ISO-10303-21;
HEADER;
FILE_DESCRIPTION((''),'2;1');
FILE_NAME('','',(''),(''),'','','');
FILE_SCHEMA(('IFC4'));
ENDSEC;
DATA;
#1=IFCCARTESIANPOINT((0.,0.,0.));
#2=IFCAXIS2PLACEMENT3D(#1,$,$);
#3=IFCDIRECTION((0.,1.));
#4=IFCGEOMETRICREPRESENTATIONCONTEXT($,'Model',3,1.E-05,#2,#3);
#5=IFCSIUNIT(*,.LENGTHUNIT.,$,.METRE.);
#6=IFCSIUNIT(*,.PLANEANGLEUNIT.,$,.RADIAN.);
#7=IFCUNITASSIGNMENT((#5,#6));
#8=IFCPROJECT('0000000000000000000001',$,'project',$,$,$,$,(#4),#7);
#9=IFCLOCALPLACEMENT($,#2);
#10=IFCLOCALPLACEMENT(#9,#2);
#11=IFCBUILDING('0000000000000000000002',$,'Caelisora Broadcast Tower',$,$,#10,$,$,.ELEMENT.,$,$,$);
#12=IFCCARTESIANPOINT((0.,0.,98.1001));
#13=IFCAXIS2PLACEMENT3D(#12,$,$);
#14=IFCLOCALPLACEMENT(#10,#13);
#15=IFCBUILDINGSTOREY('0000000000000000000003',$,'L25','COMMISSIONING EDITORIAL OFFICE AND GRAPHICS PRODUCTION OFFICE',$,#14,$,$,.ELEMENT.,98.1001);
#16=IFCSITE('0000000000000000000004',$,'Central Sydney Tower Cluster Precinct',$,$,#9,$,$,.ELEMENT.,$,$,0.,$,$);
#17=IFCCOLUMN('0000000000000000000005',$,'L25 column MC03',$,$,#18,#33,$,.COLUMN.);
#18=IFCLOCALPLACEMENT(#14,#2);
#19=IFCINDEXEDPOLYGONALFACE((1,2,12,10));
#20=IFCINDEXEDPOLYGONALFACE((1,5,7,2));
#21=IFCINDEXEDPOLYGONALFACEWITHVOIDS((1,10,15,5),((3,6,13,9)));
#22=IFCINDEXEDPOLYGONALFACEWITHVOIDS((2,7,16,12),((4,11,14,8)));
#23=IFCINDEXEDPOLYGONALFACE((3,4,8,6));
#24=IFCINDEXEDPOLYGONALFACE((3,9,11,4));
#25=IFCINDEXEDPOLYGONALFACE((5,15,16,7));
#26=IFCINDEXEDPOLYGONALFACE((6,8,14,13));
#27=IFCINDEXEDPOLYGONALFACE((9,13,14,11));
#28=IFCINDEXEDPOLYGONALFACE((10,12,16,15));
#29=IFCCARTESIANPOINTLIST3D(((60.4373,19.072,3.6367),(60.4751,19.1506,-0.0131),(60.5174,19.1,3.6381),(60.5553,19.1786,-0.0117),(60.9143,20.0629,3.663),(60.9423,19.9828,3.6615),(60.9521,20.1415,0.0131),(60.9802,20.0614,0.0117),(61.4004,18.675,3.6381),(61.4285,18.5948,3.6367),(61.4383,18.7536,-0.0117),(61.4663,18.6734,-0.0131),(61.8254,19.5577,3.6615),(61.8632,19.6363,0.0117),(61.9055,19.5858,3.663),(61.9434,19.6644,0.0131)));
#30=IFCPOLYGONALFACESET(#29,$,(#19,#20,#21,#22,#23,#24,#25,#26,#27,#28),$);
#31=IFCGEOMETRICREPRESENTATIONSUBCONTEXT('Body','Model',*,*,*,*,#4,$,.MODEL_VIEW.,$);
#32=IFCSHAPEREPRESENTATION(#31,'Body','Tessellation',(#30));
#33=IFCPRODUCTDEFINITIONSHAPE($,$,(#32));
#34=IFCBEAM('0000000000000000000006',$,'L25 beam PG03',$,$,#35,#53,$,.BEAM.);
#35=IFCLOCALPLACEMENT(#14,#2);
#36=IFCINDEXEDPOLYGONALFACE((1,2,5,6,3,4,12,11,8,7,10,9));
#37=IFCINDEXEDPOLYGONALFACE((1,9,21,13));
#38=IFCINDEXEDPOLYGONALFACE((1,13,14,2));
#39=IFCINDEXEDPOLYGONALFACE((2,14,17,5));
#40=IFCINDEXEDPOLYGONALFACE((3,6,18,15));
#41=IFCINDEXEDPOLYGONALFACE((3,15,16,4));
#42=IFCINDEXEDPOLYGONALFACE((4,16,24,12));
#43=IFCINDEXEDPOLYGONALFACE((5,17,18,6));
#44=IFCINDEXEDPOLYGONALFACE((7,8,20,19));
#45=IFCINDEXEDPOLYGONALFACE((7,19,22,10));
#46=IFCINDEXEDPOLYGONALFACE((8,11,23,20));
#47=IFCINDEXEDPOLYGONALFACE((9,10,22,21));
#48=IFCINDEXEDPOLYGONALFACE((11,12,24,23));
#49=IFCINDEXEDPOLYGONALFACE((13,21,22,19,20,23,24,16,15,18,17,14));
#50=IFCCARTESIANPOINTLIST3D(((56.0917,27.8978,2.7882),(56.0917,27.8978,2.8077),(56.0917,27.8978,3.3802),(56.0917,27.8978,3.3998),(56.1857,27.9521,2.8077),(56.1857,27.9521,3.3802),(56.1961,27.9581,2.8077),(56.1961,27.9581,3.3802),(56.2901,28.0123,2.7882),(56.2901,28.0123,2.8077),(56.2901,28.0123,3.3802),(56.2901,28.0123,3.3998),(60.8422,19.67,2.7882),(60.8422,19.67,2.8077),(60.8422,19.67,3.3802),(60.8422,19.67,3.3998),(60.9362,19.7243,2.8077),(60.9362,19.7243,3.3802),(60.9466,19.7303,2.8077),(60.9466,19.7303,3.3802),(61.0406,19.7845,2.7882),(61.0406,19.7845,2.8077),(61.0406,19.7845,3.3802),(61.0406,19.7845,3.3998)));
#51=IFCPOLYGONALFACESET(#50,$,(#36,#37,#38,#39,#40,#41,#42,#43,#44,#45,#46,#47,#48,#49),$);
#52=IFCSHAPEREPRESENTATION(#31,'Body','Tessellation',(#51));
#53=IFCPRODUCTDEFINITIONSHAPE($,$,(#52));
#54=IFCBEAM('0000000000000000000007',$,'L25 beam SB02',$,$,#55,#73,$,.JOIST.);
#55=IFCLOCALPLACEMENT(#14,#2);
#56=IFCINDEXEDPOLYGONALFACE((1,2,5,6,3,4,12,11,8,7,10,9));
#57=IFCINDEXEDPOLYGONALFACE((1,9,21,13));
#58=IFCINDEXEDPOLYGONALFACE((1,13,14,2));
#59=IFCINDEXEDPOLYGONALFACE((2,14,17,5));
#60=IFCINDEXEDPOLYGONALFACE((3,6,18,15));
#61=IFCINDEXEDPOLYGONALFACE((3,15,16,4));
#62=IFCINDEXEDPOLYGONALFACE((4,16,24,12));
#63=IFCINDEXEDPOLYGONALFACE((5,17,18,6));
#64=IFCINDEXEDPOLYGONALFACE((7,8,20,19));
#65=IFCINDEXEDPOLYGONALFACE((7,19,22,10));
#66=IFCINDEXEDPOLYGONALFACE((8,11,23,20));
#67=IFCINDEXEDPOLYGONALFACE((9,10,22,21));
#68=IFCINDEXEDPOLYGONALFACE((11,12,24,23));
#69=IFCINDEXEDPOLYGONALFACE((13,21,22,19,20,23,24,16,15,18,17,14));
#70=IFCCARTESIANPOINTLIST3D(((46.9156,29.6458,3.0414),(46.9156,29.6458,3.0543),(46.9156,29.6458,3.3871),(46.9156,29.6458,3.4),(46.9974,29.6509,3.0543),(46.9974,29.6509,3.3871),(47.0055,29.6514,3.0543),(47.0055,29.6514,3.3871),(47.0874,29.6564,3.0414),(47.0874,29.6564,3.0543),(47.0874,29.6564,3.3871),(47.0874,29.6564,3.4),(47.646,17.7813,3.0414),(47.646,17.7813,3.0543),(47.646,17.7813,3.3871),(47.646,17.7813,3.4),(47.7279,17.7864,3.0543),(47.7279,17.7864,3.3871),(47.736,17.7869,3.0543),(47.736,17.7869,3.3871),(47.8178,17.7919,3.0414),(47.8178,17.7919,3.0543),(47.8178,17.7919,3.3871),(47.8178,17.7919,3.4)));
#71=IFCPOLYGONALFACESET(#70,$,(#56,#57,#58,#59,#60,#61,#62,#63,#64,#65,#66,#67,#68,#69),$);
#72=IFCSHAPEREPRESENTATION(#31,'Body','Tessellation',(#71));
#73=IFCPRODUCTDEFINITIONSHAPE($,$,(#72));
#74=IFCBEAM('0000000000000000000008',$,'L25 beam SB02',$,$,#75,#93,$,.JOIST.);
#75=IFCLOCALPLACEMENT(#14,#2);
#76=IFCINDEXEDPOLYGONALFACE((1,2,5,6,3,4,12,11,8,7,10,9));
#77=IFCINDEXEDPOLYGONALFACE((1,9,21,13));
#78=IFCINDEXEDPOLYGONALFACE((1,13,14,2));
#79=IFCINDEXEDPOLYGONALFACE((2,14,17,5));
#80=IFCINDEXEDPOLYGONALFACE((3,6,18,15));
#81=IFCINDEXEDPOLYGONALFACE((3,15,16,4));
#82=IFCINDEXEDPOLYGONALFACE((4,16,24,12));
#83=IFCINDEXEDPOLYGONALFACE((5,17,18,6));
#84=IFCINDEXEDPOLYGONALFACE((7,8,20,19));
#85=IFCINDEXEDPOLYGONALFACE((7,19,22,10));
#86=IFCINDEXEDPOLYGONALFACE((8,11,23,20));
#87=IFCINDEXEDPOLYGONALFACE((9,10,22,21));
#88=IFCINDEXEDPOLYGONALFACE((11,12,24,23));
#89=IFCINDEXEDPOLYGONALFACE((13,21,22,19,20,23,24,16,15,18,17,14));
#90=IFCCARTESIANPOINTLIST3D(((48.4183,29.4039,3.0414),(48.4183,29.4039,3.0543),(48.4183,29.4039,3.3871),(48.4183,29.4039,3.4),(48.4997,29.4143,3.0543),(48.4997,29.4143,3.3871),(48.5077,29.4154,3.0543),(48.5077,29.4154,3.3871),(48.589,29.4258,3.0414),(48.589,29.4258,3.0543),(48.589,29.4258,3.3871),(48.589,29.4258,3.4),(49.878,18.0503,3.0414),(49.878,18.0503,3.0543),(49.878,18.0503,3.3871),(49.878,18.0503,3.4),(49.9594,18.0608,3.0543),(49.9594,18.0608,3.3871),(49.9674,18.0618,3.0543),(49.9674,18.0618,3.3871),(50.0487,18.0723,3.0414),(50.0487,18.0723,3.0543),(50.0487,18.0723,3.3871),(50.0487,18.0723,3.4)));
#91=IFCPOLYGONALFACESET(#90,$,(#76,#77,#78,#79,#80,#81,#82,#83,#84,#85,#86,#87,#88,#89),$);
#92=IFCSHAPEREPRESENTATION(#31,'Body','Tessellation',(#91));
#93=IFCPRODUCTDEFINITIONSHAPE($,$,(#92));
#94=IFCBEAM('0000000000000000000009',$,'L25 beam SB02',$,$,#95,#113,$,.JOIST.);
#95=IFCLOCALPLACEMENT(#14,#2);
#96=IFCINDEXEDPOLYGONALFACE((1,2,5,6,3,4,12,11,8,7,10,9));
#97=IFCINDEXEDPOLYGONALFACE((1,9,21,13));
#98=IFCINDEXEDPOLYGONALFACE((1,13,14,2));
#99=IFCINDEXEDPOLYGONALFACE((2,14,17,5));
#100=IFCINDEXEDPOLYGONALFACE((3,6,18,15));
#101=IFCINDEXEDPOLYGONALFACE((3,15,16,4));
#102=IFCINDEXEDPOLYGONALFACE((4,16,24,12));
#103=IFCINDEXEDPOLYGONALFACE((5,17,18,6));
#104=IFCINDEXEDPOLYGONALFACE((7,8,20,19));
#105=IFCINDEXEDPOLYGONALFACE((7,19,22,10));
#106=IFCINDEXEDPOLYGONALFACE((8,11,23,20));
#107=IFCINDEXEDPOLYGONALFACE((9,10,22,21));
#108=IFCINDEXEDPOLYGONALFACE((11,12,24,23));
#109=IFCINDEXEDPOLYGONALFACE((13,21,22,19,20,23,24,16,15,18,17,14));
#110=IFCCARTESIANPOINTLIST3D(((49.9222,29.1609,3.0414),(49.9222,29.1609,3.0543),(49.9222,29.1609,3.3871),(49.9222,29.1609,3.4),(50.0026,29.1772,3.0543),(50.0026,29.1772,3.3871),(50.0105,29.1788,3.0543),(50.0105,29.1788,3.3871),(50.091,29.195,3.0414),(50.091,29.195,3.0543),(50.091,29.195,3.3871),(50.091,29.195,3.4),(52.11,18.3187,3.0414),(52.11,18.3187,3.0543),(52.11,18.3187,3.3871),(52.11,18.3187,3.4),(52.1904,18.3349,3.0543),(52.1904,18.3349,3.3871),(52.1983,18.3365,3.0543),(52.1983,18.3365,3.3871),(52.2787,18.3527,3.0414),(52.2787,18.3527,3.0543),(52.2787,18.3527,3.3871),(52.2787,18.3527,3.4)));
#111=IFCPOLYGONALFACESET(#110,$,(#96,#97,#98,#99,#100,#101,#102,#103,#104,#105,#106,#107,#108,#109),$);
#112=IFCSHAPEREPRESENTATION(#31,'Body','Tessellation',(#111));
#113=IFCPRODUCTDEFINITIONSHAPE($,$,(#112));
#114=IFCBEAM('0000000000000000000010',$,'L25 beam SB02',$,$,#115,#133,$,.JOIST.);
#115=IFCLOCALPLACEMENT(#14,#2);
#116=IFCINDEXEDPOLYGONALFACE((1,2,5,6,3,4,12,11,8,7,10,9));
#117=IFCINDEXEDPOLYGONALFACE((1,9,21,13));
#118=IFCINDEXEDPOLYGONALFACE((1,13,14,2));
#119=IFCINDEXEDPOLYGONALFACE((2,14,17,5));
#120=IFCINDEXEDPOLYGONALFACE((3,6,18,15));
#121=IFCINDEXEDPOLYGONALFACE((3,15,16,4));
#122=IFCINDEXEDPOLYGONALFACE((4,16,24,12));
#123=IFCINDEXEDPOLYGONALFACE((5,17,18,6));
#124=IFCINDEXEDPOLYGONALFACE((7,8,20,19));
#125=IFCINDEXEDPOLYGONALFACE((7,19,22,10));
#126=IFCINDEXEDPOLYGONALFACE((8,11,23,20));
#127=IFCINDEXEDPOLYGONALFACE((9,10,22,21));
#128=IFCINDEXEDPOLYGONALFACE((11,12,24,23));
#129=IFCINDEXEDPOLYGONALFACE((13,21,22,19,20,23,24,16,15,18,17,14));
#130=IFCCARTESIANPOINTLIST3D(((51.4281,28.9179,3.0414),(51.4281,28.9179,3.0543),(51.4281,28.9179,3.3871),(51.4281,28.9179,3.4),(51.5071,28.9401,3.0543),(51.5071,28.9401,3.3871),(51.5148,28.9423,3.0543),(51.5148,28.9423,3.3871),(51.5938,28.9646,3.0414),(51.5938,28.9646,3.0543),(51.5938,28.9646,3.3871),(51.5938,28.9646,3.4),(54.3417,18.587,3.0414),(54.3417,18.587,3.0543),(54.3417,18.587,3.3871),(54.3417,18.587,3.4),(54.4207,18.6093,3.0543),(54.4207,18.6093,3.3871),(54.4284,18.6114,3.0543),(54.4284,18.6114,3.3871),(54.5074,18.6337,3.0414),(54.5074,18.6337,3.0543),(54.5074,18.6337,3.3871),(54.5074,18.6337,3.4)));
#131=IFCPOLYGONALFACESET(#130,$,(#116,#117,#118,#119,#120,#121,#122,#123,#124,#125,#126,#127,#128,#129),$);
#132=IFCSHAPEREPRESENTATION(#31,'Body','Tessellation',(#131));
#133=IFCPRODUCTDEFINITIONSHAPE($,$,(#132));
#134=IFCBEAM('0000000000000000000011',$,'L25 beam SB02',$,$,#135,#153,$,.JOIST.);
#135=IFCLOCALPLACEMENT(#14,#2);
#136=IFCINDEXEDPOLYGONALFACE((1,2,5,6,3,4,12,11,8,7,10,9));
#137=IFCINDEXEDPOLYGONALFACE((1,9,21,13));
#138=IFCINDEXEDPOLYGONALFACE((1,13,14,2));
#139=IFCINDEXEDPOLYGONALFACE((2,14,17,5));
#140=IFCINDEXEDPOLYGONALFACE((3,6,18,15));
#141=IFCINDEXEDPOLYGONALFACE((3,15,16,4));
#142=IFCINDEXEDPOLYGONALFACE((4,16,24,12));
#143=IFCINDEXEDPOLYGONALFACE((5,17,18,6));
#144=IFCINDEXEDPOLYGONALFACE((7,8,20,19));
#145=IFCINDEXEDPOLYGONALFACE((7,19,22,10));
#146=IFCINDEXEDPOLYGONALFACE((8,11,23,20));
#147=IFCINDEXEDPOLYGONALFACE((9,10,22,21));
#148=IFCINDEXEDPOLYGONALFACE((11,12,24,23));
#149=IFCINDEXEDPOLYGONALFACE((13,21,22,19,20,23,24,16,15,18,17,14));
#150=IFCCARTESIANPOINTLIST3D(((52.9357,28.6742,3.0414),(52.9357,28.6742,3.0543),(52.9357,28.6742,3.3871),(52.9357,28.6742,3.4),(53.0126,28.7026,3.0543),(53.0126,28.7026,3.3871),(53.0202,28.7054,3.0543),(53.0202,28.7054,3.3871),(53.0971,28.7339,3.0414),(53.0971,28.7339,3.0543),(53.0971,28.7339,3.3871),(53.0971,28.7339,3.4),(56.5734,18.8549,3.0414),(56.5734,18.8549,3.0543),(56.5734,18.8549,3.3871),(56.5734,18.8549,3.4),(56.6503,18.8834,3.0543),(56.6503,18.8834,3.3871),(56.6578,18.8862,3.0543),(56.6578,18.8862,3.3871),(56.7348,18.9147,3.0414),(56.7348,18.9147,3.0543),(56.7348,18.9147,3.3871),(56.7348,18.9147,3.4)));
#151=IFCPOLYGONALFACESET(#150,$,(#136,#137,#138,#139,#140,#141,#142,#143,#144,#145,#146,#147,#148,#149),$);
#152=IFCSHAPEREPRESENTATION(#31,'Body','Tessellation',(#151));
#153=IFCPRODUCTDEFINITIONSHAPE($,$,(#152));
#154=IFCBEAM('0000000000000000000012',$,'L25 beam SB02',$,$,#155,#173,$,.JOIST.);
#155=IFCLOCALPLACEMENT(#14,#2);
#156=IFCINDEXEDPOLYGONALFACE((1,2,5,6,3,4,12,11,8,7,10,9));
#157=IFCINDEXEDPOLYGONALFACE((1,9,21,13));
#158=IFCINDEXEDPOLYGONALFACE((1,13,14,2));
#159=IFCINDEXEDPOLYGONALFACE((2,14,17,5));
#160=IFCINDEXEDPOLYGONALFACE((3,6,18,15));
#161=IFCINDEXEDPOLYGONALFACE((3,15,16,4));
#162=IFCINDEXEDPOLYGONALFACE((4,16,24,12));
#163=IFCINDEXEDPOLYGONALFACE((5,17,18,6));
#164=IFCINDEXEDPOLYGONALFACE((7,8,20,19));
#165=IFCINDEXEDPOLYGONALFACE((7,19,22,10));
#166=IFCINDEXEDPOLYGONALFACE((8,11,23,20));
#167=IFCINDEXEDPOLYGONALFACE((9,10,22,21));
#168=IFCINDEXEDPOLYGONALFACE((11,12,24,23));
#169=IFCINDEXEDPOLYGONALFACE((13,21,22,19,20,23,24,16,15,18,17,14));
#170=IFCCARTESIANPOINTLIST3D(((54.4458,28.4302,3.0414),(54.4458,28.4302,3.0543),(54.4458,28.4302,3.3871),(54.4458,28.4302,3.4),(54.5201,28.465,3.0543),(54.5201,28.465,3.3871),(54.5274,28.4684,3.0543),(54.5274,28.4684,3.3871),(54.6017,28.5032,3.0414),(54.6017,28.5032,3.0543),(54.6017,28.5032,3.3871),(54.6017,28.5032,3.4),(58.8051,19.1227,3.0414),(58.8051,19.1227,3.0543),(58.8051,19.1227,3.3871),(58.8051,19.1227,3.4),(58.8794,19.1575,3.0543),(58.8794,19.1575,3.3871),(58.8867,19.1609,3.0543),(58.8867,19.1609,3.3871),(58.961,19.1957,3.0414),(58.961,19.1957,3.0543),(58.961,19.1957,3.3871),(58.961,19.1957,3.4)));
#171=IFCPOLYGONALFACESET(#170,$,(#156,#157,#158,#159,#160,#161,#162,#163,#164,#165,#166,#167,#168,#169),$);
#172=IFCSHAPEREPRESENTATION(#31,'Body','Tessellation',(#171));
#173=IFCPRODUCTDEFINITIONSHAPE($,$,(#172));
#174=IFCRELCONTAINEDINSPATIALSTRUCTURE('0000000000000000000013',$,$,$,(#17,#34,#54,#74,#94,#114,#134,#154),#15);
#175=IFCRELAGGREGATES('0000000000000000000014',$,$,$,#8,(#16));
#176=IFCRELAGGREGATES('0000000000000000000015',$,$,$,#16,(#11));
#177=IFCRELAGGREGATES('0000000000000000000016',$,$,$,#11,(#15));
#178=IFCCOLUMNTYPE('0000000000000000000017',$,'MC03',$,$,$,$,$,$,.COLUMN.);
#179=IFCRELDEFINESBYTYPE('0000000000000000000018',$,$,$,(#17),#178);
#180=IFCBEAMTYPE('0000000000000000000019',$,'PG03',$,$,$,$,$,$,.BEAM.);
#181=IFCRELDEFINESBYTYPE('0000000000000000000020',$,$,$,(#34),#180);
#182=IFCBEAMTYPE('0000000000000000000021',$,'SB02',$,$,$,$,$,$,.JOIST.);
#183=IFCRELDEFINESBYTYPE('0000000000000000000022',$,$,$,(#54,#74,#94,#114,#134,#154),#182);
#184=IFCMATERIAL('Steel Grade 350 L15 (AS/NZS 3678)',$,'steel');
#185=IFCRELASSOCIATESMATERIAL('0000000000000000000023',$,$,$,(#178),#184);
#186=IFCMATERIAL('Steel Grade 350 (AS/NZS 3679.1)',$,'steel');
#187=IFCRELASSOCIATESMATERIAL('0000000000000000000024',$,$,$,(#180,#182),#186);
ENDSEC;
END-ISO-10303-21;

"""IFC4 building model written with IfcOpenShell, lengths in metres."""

from ifc_helpers import new_model, si_unit, direction, frame, origin, origin_2d, place, context, subcontext, project, spatial, hollow_rectangle, i_section, extrude, source, transform, mapped, material, material_profile, profile_set, type_object, type_shapes, element, save


model = new_model("IFC4")

# Units and contexts
model_context = context("Model", 3, precision=1e-05, world=origin(), true_north=direction((0.0, 1.0)))
body_context = subcontext(model_context, "Body", "Model", "MODEL_VIEW")
ifc_project = project(units=[si_unit("LENGTHUNIT", "METRE"), si_unit("PLANEANGLEUNIT", "RADIAN")], contexts=[model_context])

# Site, building, storey
site_placement = place(None, origin())
site = spatial("IfcSite", under=ifc_project, at=site_placement, Name="Central Sydney Tower Cluster Precinct", CompositionType="ELEMENT", RefElevation=0.0)
building_placement = place(site_placement, origin())
building = spatial("IfcBuilding", under=site, at=building_placement, Name="Caelisora Broadcast Tower", CompositionType="ELEMENT")
storey_placement = place(building_placement, frame((0.0, 0.0, 98.1001)))
storey = spatial("IfcBuildingStorey", under=building, at=storey_placement, Name="L25", Description="COMMISSIONING EDITORIAL OFFICE AND GRAPHICS PRODUCTION OFFICE", CompositionType="ELEMENT", Elevation=98.1001)

# Column
ifc_material_1 = material(Name="Steel Grade 350 L15 (AS/NZS 3678)", Category="steel")
ifc_material_profile_1 = material_profile(ifc_material_1, hollow_rectangle(XDim=1.1001, YDim=1.1001, WallThickness=0.0601, at=origin_2d()), Name="Steel Grade 350 L15 (AS/NZS 3678)")
ifc_profile_set_1 = profile_set([ifc_material_profile_1], Name="Steel Grade 350 L15 (AS/NZS 3678)")
column_type = type_object("IfcColumnType", Name="MC03", PredefinedType="COLUMN", material=ifc_profile_set_1)
shared_shape_1 = source(origin(), body_context, "Body", "SweptSolid", [
    extrude(hollow_rectangle(XDim=1.1001, YDim=1.1001, WallThickness=0.0601, at=origin_2d()), origin(), (0.0, 0.0, 1.0), 3.6509),
])
type_shapes(column_type, [shared_shape_1])
column_placement = place(storey_placement, frame((61.2092, 19.4075, 0.0), z_axis=(-0.010365, -0.021532, 0.999714), x_axis=(0.901042, -0.433731, 0.0)))
element("IfcColumn", 1, at=column_placement, inside=storey, type_object=column_type, Name="L25 column MC03", PredefinedType="COLUMN", context=body_context, shape_type="MappedRepresentation", body=[
    mapped(shared_shape_1, transform((0.0, 0.0, 0.0), scale=1.0)),
])

# Beams
ifc_material_2 = material(Name="Steel Grade 350 (AS/NZS 3679.1)", Category="steel")
ifc_material_profile_2 = material_profile(ifc_material_2, i_section(OverallWidth=0.229, OverallDepth=0.6116, WebThickness=0.012, FlangeThickness=0.0195, at=origin_2d()), Name="Steel Grade 350 (AS/NZS 3679.1)")
ifc_profile_set_2 = profile_set([ifc_material_profile_2], Name="Steel Grade 350 (AS/NZS 3679.1)")
beam_type_1 = type_object("IfcBeamType", Name="PG03", PredefinedType="BEAM", material=ifc_profile_set_2)
shared_shape_2 = source(origin(), body_context, "Body", "SweptSolid", [
    extrude(i_section(OverallWidth=0.229, OverallDepth=0.6116, WebThickness=0.012, FlangeThickness=0.0195, at=origin_2d()), origin(), (0.0, 0.0, 1.0), 9.5007),
])
type_shapes(beam_type_1, [shared_shape_2])
beam_1_placement = place(storey_placement, frame((60.9414, 19.7273, 3.094), z_axis=(-0.500014, 0.866017, 0.0), x_axis=(-0.866017, -0.500014, 0.0)))
element("IfcBeam", 2, at=beam_1_placement, inside=storey, type_object=beam_type_1, Name="L25 beam PG03", PredefinedType="BEAM", context=body_context, shape_type="MappedRepresentation", body=[
    mapped(shared_shape_2, transform((0.0, 0.0, 0.0), scale=1.0)),
])
ifc_material_profile_3 = material_profile(ifc_material_2, i_section(OverallWidth=0.1721, OverallDepth=0.3586, WebThickness=0.0081, FlangeThickness=0.0129, at=origin_2d()), Name="Steel Grade 350 (AS/NZS 3679.1)")
ifc_profile_set_3 = profile_set([ifc_material_profile_3], Name="Steel Grade 350 (AS/NZS 3679.1)")
beam_type_2 = type_object("IfcBeamType", Name="SB02", PredefinedType="JOIST", material=ifc_profile_set_3)
shared_shape_3 = source(origin(), body_context, "Body", "SweptSolid", [
    extrude(i_section(OverallWidth=0.1721, OverallDepth=0.3586, WebThickness=0.0081, FlangeThickness=0.0129, at=origin_2d()), origin(), (0.0, 0.0, 1.0), 11.887),
])
beam_2_placement = place(storey_placement, frame((47.7319, 17.7866, 3.2207), z_axis=(-0.061451, 0.99811, 0.0), x_axis=(-0.99811, -0.061451, 0.0)))
element("IfcBeam", 3, at=beam_2_placement, inside=storey, type_object=beam_type_2, Name="L25 beam SB02", PredefinedType="JOIST", context=body_context, shape_type="MappedRepresentation", body=[
    mapped(shared_shape_3, transform((0.0, 0.0, 0.0), scale=1.0)),
])
shared_shape_4 = source(origin(), body_context, "Body", "SweptSolid", [
    extrude(i_section(OverallWidth=0.1721, OverallDepth=0.3586, WebThickness=0.0081, FlangeThickness=0.0129, at=origin_2d()), origin(), (0.0, 0.0, 1.0), 11.447),
])
beam_3_placement = place(storey_placement, frame((49.9634, 18.0613, 3.2207), z_axis=(-0.12752, 0.991836, 0.0), x_axis=(-0.991836, -0.12752, 0.0)))
element("IfcBeam", 4, at=beam_3_placement, inside=storey, type_object=beam_type_2, Name="L25 beam SB02", PredefinedType="JOIST", context=body_context, shape_type="MappedRepresentation", body=[
    mapped(shared_shape_4, transform((0.0, 0.0, 0.0), scale=1.0)),
])
shared_shape_5 = source(origin(), body_context, "Body", "SweptSolid", [
    extrude(i_section(OverallWidth=0.1721, OverallDepth=0.3586, WebThickness=0.0081, FlangeThickness=0.0129, at=origin_2d()), origin(), (0.0, 0.0, 1.0), 11.0608),
])
beam_4_placement = place(storey_placement, frame((52.1943, 18.3357, 3.2207), z_axis=(-0.197793, 0.980244, 0.0), x_axis=(-0.980244, -0.197793, 0.0)))
element("IfcBeam", 5, at=beam_4_placement, inside=storey, type_object=beam_type_2, Name="L25 beam SB02", PredefinedType="JOIST", context=body_context, shape_type="MappedRepresentation", body=[
    mapped(shared_shape_5, transform((0.0, 0.0, 0.0), scale=1.0)),
])
shared_shape_6 = source(origin(), body_context, "Body", "SweptSolid", [
    extrude(i_section(OverallWidth=0.1721, OverallDepth=0.3586, WebThickness=0.0081, FlangeThickness=0.0129, at=origin_2d()), origin(), (0.0, 0.0, 1.0), 10.7339),
])
beam_5_placement = place(storey_placement, frame((54.4246, 18.6104, 3.2207), z_axis=(-0.271439, 0.962456, 0.0), x_axis=(-0.962456, -0.271439, 0.0)))
element("IfcBeam", 6, at=beam_5_placement, inside=storey, type_object=beam_type_2, Name="L25 beam SB02", PredefinedType="JOIST", context=body_context, shape_type="MappedRepresentation", body=[
    mapped(shared_shape_6, transform((0.0, 0.0, 0.0), scale=1.0)),
])
shared_shape_7 = source(origin(), body_context, "Body", "SweptSolid", [
    extrude(i_section(OverallWidth=0.1721, OverallDepth=0.3586, WebThickness=0.0081, FlangeThickness=0.0129, at=origin_2d()), origin(), (0.0, 0.0, 1.0), 10.4714),
])
beam_6_placement = place(storey_placement, frame((56.6541, 18.8848, 3.2207), z_axis=(-0.34739, 0.937721, 0.0), x_axis=(-0.937721, -0.34739, 0.0)))
element("IfcBeam", 7, at=beam_6_placement, inside=storey, type_object=beam_type_2, Name="L25 beam SB02", PredefinedType="JOIST", context=body_context, shape_type="MappedRepresentation", body=[
    mapped(shared_shape_7, transform((0.0, 0.0, 0.0), scale=1.0)),
])
shared_shape_8 = source(origin(), body_context, "Body", "SweptSolid", [
    extrude(i_section(OverallWidth=0.1721, OverallDepth=0.3586, WebThickness=0.0081, FlangeThickness=0.0129, at=origin_2d()), origin(), (0.0, 0.0, 1.0), 10.2778),
])
type_shapes(beam_type_2, [shared_shape_3, shared_shape_4, shared_shape_5, shared_shape_6, shared_shape_7, shared_shape_8])
beam_7_placement = place(storey_placement, frame((58.8831, 19.1592, 3.2207), z_axis=(-0.424149, 0.905592, 0.0), x_axis=(-0.905592, -0.424149, 0.0)))
element("IfcBeam", 8, at=beam_7_placement, inside=storey, type_object=beam_type_2, Name="L25 beam SB02", PredefinedType="JOIST", context=body_context, shape_type="MappedRepresentation", body=[
    mapped(shared_shape_8, transform((0.0, 0.0, 0.0), scale=1.0)),
])

save(model, "model.ifc")
